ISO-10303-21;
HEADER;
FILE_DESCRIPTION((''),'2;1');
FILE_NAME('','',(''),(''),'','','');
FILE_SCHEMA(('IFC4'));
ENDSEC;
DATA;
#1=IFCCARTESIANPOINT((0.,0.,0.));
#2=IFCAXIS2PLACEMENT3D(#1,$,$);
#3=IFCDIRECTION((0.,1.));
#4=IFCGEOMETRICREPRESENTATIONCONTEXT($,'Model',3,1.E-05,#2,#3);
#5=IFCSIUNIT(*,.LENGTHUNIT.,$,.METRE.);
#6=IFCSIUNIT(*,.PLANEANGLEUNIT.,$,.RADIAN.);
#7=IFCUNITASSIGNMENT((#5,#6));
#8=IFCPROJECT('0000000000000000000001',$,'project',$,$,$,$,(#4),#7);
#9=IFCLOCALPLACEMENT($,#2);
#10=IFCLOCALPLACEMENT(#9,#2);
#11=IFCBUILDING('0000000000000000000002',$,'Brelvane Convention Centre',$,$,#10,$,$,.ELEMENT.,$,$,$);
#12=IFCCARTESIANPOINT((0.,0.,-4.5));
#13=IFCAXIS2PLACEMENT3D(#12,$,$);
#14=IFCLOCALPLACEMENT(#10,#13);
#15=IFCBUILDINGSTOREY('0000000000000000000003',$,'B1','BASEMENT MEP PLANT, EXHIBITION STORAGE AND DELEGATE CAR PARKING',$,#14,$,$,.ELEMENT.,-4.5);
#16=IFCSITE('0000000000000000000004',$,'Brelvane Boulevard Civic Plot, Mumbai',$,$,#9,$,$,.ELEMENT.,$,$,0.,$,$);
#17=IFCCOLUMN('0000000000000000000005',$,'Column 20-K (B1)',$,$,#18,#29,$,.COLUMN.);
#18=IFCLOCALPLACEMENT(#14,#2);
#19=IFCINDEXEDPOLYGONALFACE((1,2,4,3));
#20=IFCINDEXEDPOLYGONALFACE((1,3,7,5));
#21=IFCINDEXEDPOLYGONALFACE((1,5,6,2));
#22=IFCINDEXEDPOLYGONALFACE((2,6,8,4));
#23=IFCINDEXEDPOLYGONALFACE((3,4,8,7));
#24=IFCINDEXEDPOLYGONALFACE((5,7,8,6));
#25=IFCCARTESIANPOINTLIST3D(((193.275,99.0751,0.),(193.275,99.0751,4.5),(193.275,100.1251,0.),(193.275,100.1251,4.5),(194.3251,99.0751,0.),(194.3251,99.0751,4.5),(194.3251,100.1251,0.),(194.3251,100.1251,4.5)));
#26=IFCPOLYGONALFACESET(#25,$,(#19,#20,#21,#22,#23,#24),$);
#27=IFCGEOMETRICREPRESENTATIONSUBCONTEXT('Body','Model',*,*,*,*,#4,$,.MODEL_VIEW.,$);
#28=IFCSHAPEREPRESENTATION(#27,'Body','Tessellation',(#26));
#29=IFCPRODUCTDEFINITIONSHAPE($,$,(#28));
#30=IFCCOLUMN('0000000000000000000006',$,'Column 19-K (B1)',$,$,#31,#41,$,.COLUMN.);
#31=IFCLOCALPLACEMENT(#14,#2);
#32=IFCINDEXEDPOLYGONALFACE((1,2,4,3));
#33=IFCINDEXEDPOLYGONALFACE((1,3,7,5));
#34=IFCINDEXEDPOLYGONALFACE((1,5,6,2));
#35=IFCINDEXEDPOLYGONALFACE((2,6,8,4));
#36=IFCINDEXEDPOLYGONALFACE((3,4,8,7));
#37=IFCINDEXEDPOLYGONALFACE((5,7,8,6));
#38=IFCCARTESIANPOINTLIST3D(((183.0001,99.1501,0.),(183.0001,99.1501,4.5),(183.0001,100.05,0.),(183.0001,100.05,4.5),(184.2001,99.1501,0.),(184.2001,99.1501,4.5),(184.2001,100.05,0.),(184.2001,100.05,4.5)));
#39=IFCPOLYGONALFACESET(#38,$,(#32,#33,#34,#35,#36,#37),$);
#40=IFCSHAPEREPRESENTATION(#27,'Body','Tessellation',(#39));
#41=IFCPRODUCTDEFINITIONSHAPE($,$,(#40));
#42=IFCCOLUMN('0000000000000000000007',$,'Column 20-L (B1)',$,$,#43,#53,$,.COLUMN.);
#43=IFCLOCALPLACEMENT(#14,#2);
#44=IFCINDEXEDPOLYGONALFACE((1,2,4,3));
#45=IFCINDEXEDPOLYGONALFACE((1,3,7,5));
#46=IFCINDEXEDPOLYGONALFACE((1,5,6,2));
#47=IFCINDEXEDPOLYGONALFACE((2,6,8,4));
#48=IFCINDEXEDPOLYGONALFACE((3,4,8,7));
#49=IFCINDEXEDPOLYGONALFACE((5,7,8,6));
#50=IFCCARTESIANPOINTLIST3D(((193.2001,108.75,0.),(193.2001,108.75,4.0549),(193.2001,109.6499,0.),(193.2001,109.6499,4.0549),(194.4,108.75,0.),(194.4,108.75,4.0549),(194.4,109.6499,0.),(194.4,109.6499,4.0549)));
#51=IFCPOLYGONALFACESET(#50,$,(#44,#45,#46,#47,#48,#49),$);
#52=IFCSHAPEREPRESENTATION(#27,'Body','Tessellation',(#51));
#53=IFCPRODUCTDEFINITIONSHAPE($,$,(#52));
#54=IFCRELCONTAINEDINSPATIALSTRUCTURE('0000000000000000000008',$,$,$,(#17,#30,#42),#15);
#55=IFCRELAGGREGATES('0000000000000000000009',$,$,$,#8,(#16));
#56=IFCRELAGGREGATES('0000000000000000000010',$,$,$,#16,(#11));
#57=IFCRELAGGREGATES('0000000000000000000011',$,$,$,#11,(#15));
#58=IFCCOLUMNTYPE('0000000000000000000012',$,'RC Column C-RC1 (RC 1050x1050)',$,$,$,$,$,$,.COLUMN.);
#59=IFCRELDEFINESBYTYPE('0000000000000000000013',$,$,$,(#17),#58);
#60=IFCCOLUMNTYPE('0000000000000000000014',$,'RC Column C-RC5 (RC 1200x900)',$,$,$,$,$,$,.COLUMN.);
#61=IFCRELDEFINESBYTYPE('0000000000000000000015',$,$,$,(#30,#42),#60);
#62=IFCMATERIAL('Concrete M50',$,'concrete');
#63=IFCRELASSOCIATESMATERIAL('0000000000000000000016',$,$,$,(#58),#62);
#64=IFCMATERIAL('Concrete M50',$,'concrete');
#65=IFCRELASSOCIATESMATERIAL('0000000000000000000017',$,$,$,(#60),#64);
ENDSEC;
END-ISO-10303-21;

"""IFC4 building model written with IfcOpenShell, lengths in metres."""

from ifc_helpers import new_model, si_unit, direction, frame, origin, origin_2d, place, context, subcontext, project, spatial, rectangle, extrude, material, material_profile, profile_set, type_object, element, save


model = new_model("IFC4")

# Units and contexts
model_context = context("Model", 3, precision=1e-05, world=origin(), true_north=direction((0.0, 1.0)))
body_context = subcontext(model_context, "Body", "Model", "MODEL_VIEW")
ifc_project = project(units=[si_unit("LENGTHUNIT", "METRE"), si_unit("PLANEANGLEUNIT", "RADIAN")], contexts=[model_context])

# Site, building, storey
site_placement = place(None, origin())
site = spatial("IfcSite", under=ifc_project, at=site_placement, Name="Brelvane Boulevard Civic Plot, Mumbai", CompositionType="ELEMENT", RefElevation=0.0)
building_placement = place(site_placement, origin())
building = spatial("IfcBuilding", under=site, at=building_placement, Name="Brelvane Convention Centre", CompositionType="ELEMENT")
storey_placement = place(building_placement, frame((0.0, 0.0, -4.5)))
storey = spatial("IfcBuildingStorey", under=building, at=storey_placement, Name="B1", Description="BASEMENT MEP PLANT, EXHIBITION STORAGE AND DELEGATE CAR PARKING", CompositionType="ELEMENT", Elevation=-4.5)

# Columns
ifc_material_1 = material(Name="Concrete M50", Category="concrete")
ifc_material_profile_1 = material_profile(ifc_material_1, rectangle(XDim=1.05, YDim=1.05, at=origin_2d()), Name="RC 1050x1050")
ifc_profile_set_1 = profile_set([ifc_material_profile_1], Name="Concrete M50")
column_type_1 = type_object("IfcColumnType", Name="RC Column C-RC1 (RC 1050x1050)", PredefinedType="COLUMN", material=ifc_profile_set_1)
column_1_placement = place(storey_placement, frame((193.8, 99.6001, 0.0), z_axis=(0.0, 0.0, 1.0), x_axis=(1.0, 0.0, 0.0)))
element("IfcColumn", 1, at=column_1_placement, inside=storey, type_object=column_type_1, Name="Column 20-K (B1)", PredefinedType="COLUMN", context=body_context, shape_type="SweptSolid", body=[
    extrude(rectangle(XDim=1.05, YDim=1.05, at=origin_2d()), origin(), (0.0, 0.0, 1.0), 4.5),
])
ifc_material_2 = material(Name="Concrete M50", Category="concrete")
ifc_material_profile_2 = material_profile(ifc_material_2, rectangle(XDim=1.2, YDim=0.8999, at=origin_2d()), Name="RC 1200x900")
ifc_profile_set_2 = profile_set([ifc_material_profile_2], Name="Concrete M50")
column_type_2 = type_object("IfcColumnType", Name="RC Column C-RC5 (RC 1200x900)", PredefinedType="COLUMN", material=ifc_profile_set_2)
column_2_placement = place(storey_placement, frame((183.6001, 99.6001, 0.0), z_axis=(0.0, 0.0, 1.0), x_axis=(1.0, 0.0, 0.0)))
element("IfcColumn", 2, at=column_2_placement, inside=storey, type_object=column_type_2, Name="Column 19-K (B1)", PredefinedType="COLUMN", context=body_context, shape_type="SweptSolid", body=[
    extrude(rectangle(XDim=1.2, YDim=0.8999, at=origin_2d()), origin(), (0.0, 0.0, 1.0), 4.5),
])
column_3_placement = place(storey_placement, frame((193.8, 109.2, 0.0), z_axis=(0.0, 0.0, 1.0), x_axis=(1.0, 0.0, 0.0)))
element("IfcColumn", 3, at=column_3_placement, inside=storey, type_object=column_type_2, Name="Column 20-L (B1)", PredefinedType="COLUMN", context=body_context, shape_type="SweptSolid", body=[
    extrude(rectangle(XDim=1.2, YDim=0.8999, at=origin_2d()), origin(), (0.0, 0.0, 1.0), 4.0549),
])

save(model, "model.ifc")
